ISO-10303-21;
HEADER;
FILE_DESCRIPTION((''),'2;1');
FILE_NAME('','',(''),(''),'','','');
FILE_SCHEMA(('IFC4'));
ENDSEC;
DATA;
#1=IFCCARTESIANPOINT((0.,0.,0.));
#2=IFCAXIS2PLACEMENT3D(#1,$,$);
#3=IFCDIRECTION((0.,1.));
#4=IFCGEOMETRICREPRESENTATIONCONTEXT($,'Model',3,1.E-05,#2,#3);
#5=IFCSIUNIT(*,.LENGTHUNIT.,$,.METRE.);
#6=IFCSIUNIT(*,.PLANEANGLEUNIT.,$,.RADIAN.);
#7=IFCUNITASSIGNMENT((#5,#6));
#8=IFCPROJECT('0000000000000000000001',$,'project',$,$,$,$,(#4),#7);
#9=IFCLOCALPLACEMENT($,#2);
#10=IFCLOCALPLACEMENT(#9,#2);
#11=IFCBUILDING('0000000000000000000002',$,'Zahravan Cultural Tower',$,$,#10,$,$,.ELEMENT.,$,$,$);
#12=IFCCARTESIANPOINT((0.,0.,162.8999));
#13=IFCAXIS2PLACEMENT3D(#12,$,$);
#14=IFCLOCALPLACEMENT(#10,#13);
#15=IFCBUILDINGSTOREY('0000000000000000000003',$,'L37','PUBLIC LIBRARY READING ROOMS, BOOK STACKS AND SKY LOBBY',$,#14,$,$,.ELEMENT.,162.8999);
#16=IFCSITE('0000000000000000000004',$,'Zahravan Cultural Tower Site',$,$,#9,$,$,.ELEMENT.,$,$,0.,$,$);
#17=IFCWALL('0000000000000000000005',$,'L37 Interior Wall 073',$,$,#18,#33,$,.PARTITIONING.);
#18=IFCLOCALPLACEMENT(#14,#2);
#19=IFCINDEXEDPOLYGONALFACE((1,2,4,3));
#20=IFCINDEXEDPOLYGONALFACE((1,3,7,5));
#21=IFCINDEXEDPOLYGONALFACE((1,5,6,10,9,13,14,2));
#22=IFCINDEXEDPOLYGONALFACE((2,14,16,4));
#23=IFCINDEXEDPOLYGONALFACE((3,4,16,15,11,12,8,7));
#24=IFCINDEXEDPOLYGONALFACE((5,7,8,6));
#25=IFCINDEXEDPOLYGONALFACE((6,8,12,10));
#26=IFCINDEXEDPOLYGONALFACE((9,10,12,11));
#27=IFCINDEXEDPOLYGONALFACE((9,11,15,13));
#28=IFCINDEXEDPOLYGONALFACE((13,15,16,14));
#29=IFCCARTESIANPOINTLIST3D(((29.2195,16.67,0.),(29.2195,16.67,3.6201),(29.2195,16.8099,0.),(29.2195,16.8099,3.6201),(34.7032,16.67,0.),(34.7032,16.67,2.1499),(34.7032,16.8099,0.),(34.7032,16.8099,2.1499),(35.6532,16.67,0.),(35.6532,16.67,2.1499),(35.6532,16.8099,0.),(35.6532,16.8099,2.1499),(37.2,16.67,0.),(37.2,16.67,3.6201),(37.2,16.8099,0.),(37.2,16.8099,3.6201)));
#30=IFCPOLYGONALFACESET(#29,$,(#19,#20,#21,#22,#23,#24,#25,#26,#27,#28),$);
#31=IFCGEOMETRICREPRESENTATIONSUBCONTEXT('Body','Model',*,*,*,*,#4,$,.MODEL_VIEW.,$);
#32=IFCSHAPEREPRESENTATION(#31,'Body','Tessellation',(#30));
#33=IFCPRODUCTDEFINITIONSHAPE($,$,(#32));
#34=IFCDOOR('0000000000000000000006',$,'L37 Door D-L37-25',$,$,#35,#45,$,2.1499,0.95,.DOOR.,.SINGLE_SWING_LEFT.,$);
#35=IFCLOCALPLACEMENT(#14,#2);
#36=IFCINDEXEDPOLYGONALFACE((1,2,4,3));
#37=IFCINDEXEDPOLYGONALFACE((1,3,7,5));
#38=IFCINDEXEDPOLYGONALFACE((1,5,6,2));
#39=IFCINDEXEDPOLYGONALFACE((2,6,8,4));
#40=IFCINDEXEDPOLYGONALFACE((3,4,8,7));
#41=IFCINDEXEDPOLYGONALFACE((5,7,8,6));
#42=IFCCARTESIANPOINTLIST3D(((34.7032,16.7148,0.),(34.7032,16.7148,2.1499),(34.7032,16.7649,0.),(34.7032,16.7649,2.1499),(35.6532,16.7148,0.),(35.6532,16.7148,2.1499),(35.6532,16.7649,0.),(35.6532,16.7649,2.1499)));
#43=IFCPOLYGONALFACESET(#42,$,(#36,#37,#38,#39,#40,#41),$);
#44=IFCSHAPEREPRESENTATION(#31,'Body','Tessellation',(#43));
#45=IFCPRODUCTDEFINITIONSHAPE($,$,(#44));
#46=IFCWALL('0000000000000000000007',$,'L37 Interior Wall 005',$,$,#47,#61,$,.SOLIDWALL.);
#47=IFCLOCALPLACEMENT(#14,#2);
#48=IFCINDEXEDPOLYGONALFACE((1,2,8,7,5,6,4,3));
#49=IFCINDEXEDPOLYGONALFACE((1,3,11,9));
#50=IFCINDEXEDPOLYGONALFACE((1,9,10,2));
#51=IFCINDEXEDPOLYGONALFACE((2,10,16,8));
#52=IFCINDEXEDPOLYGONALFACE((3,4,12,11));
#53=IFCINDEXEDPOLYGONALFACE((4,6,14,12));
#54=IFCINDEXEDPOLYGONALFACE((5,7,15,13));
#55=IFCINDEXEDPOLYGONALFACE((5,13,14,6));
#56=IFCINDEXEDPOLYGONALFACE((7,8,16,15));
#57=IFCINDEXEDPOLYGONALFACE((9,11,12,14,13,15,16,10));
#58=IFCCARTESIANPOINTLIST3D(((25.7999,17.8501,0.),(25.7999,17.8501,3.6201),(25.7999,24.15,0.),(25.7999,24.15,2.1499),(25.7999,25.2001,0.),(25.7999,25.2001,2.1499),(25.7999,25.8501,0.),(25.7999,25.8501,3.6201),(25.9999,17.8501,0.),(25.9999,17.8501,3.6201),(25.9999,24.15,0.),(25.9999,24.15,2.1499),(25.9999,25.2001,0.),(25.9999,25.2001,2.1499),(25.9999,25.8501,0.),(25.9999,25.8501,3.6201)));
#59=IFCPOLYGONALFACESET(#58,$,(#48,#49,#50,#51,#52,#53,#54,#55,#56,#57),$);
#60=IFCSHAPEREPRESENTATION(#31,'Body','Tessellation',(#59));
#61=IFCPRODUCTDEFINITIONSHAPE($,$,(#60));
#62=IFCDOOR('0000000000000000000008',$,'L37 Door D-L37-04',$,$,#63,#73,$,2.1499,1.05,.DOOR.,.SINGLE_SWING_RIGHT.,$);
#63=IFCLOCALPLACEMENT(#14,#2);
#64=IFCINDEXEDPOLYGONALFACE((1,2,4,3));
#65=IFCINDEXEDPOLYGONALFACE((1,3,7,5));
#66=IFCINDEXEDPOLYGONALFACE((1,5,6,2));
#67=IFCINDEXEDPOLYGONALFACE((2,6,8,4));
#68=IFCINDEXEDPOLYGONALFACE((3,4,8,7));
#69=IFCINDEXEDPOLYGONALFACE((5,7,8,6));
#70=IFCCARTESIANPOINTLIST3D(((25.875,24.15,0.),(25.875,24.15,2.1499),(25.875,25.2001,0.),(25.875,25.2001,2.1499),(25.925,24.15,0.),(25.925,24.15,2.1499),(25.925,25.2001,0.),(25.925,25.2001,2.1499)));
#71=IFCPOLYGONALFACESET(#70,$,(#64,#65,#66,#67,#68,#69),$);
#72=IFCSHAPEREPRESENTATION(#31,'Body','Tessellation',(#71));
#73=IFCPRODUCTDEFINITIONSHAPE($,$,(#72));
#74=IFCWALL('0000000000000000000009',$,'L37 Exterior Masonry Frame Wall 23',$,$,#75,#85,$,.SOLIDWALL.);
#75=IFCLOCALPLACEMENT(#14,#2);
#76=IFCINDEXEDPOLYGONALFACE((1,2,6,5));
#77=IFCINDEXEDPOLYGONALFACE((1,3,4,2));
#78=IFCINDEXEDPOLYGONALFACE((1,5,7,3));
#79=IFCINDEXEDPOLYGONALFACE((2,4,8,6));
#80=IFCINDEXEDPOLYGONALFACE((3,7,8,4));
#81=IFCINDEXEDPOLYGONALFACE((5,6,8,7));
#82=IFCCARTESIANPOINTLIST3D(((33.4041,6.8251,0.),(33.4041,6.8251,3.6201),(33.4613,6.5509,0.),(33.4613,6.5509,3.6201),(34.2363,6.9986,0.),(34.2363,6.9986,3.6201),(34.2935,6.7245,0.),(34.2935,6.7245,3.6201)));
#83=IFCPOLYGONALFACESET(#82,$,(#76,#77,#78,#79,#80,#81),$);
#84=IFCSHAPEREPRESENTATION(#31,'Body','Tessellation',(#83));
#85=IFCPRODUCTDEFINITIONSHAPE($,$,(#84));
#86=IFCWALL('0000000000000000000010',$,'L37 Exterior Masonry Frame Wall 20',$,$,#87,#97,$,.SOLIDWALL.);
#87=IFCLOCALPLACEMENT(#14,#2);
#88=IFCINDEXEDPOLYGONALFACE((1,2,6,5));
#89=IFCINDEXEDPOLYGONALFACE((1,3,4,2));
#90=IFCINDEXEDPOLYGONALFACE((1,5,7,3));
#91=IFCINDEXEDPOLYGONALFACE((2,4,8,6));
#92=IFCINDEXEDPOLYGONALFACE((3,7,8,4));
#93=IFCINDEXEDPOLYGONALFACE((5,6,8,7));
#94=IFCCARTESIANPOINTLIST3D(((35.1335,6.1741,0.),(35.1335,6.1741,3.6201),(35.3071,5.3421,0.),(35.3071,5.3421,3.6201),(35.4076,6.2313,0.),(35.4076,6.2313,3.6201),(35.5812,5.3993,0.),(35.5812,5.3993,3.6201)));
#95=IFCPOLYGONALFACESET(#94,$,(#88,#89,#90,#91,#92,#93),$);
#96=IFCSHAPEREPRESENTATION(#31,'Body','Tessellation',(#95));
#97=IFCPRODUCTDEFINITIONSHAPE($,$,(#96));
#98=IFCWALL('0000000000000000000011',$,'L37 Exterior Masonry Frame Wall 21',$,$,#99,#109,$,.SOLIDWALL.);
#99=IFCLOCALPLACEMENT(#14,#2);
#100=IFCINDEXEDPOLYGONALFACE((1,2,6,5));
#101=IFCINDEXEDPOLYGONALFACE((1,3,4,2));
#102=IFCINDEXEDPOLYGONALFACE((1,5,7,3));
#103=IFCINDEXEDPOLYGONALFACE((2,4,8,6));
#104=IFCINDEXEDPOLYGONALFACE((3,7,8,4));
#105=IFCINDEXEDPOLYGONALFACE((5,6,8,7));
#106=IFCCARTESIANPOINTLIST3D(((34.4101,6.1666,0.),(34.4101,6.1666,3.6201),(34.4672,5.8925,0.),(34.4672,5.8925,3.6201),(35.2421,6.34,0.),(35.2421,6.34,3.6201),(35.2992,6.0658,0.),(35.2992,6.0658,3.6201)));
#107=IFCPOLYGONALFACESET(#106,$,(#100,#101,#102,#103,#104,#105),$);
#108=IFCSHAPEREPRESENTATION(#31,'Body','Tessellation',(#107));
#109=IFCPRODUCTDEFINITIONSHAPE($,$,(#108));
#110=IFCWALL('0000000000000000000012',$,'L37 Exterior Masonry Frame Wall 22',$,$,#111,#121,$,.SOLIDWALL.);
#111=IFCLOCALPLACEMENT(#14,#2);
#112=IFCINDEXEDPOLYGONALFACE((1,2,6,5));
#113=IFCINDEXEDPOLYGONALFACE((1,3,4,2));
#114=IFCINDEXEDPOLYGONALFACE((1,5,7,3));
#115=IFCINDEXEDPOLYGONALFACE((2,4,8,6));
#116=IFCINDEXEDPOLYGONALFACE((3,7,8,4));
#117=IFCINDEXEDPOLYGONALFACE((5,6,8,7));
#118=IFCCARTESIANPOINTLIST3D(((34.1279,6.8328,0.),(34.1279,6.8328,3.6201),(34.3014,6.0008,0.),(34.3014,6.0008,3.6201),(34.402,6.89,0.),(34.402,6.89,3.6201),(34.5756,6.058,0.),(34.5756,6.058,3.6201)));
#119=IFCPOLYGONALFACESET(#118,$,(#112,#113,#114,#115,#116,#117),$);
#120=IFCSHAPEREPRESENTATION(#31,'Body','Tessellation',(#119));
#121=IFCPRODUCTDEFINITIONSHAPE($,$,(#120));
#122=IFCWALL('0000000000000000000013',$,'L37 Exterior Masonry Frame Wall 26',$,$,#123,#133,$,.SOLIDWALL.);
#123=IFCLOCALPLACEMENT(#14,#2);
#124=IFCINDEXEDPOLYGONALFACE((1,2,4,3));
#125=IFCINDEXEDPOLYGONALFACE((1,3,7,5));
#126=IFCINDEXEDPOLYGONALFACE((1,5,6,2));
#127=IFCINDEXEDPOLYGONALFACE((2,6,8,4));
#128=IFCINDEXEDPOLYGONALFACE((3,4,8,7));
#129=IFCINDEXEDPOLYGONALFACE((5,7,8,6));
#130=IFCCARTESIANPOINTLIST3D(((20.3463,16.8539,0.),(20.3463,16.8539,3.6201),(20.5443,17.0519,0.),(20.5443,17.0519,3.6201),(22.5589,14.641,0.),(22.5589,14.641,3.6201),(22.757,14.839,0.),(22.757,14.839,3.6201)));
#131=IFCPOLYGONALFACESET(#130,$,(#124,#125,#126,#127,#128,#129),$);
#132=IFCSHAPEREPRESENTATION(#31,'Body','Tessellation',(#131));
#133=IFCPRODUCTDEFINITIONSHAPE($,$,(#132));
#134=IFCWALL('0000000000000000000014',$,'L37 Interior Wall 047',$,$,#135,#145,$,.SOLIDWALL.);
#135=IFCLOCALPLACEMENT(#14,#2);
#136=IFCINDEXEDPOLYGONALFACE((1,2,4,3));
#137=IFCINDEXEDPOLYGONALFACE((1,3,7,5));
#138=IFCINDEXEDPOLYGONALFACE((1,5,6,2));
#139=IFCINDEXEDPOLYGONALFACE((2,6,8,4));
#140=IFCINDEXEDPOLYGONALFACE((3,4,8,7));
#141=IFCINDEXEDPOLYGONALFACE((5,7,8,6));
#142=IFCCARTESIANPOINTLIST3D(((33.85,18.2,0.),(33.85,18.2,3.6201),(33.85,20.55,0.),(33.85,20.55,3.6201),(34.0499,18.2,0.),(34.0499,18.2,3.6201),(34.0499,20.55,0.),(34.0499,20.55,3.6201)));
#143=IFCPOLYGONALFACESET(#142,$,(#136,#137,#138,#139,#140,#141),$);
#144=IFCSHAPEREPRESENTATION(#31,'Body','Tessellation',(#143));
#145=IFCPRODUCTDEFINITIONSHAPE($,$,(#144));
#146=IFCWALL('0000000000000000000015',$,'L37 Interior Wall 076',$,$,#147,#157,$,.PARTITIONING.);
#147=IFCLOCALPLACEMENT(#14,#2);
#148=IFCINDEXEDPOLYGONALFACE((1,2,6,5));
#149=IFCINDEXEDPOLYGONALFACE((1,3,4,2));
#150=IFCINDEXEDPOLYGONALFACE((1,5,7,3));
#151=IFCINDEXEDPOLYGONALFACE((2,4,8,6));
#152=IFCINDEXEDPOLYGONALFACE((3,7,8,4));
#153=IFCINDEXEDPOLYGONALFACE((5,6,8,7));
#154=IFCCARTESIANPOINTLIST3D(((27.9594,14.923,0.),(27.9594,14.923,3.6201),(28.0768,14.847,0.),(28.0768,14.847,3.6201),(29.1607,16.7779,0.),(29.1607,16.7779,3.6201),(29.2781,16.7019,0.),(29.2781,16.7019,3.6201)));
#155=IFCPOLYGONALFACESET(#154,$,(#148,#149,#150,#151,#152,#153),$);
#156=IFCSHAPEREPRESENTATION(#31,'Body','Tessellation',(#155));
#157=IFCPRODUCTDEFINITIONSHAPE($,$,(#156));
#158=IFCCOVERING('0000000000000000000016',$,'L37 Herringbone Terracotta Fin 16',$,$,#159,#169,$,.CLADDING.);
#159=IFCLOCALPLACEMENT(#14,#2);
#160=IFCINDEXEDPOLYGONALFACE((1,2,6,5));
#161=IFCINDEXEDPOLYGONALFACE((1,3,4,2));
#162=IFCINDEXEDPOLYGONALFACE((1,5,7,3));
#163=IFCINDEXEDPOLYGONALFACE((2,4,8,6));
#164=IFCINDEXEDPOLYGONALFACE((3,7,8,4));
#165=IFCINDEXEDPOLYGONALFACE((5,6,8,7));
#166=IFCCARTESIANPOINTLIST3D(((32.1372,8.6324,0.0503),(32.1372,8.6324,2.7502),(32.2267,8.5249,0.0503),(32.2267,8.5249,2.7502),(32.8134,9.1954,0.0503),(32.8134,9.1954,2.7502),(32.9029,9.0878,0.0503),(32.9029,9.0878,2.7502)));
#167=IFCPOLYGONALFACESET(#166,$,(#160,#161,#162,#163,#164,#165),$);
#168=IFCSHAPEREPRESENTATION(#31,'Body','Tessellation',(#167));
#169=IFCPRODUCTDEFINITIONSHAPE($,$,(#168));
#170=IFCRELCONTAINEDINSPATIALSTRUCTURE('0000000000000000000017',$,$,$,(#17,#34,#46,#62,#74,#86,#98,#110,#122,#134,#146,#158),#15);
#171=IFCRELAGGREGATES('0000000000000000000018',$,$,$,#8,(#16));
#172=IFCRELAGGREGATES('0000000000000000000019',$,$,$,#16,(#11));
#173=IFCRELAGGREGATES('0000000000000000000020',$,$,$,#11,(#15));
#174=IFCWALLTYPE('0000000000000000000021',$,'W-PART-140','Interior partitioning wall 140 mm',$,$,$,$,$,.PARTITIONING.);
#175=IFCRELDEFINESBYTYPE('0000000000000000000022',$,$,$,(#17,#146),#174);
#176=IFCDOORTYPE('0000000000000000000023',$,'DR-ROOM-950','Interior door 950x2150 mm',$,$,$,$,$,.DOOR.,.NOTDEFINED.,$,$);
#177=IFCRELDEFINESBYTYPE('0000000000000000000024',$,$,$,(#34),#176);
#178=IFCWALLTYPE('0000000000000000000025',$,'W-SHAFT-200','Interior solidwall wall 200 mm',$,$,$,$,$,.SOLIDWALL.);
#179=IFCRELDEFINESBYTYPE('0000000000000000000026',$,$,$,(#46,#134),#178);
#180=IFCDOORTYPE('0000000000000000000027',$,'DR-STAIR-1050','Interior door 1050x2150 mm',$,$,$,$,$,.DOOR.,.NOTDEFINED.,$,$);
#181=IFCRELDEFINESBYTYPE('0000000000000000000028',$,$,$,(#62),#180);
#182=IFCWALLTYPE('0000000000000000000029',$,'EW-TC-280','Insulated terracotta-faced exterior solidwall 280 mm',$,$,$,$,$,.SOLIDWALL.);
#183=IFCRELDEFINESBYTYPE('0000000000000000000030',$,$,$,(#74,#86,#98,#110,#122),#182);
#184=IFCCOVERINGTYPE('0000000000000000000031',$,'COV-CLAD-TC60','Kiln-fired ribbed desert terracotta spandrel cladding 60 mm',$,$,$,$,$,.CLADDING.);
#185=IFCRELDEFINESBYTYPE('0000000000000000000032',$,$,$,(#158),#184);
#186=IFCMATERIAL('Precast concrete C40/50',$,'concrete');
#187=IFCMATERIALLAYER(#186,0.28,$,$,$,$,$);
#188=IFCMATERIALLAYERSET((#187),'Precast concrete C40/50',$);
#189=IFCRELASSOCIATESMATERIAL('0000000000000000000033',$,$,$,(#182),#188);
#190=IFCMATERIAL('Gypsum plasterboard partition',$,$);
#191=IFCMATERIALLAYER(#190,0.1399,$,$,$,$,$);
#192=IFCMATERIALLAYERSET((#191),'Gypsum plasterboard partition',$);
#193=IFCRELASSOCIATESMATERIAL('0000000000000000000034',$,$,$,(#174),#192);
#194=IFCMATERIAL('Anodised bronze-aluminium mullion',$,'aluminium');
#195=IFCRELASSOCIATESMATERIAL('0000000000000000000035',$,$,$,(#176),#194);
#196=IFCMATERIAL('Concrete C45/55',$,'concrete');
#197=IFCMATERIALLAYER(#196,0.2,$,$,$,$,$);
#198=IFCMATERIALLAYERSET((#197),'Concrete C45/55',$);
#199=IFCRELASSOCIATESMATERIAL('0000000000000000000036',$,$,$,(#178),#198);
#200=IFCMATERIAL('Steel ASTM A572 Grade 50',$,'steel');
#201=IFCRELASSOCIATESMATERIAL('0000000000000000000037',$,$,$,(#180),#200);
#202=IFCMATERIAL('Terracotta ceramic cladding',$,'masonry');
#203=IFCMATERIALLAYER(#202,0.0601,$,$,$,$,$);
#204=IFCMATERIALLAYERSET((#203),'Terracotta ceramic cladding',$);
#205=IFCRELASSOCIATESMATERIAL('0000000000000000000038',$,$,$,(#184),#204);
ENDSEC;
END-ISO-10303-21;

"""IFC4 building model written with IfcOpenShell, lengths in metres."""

from ifc_helpers import new_model, si_unit, direction, frame, frame_2d, origin, origin_2d, place, context, subcontext, project, spatial, rectangle, extrude, source, transform, mapped, material, layer, layer_set, type_object, element, fill, save


model = new_model("IFC4")

# Units and contexts
model_context = context("Model", 3, precision=1e-05, world=origin(), true_north=direction((0.0, 1.0)))
body_context = subcontext(model_context, "Body", "Model", "MODEL_VIEW")
ifc_project = project(units=[si_unit("LENGTHUNIT", "METRE"), si_unit("PLANEANGLEUNIT", "RADIAN")], contexts=[model_context])

# Site, building, storey
site_placement = place(None, origin())
site = spatial("IfcSite", under=ifc_project, at=site_placement, Name="Zahravan Cultural Tower Site", CompositionType="ELEMENT", RefElevation=0.0)
building_placement = place(site_placement, origin())
building = spatial("IfcBuilding", under=site, at=building_placement, Name="Zahravan Cultural Tower", CompositionType="ELEMENT")
storey_placement = place(building_placement, frame((0.0, 0.0, 162.8999)))
storey = spatial("IfcBuildingStorey", under=building, at=storey_placement, Name="L37", Description="PUBLIC LIBRARY READING ROOMS, BOOK STACKS AND SKY LOBBY", CompositionType="ELEMENT", Elevation=162.8999)

# Shared definitions
ifc_material_1 = material(Name="Anodised bronze-aluminium mullion", Category="aluminium")

# Shared definitions
ifc_material_2 = material(Name="Steel ASTM A572 Grade 50", Category="steel")

# Shared definitions
ifc_material_3 = material(Name="Precast concrete C40/50", Category="concrete")
ifc_layer_1 = layer(ifc_material_3, 0.28)
ifc_layer_set_1 = layer_set([ifc_layer_1], Name="Precast concrete C40/50")
wall_type_1 = type_object("IfcWallType", Name="EW-TC-280", Description="Insulated terracotta-faced exterior solidwall 280 mm", PredefinedType="SOLIDWALL", material=ifc_layer_set_1)

# Walls, openings, doors
ifc_material_4 = material(Name="Gypsum plasterboard partition")
ifc_layer_2 = layer(ifc_material_4, 0.1399)
ifc_layer_set_2 = layer_set([ifc_layer_2], Name="Gypsum plasterboard partition")
wall_type_2 = type_object("IfcWallType", Name="W-PART-140", Description="Interior partitioning wall 140 mm", PredefinedType="PARTITIONING", material=ifc_layer_set_2)
wall_1_placement = place(storey_placement, frame((29.2195, 16.74, 0.0), z_axis=(0.0, 0.0, 1.0), x_axis=(1.0, 0.0, 0.0)))
wall_1 = element("IfcWall", 1, at=wall_1_placement, inside=storey, type_object=wall_type_2, Name="L37 Interior Wall 073", PredefinedType="PARTITIONING", context=body_context, shape_type="SweptSolid", body=[
    extrude(rectangle(XDim=7.9805, YDim=0.1399, at=frame_2d((3.9902, 0.0))), origin(), (0.0, 0.0, 1.0), 3.6201),
])
opening_1_placement = place(wall_1_placement, frame((5.4836, 0.0, 0.0)))
opening_1 = element("IfcOpeningElement", 2, at=opening_1_placement, cuts=wall_1, PredefinedType="OPENING", context=body_context, shape_type="SweptSolid", body=[
    extrude(rectangle(XDim=0.95, YDim=2.1499, at=frame_2d((0.4751, 1.075))), frame((0.0, 0.0798, 0.0), z_axis=(0.0, -1.0, 0.0), x_axis=(1.0, 0.0, 0.0)), (0.0, 0.0, 1.0), 0.1599),
])
door_type_1 = type_object("IfcDoorType", Name="DR-ROOM-950", Description="Interior door 950x2150 mm", OperationType="NOTDEFINED", PredefinedType="DOOR", material=ifc_material_1)
shared_shape_1 = source(origin(), body_context, "Body", "SweptSolid", [
    extrude(rectangle(XDim=0.95, YDim=2.1499, at=frame_2d((0.4751, 1.075))), frame((0.0, 0.0249, 0.0), z_axis=(0.0, -1.0, 0.0), x_axis=(1.0, 0.0, 0.0)), (0.0, 0.0, 1.0), 0.05),
])
door_1_placement = place(opening_1_placement, origin())
door_1 = element("IfcDoor", 3, at=door_1_placement, inside=storey, type_object=door_type_1, Name="L37 Door D-L37-25", OperationType="SINGLE_SWING_LEFT", OverallHeight=2.1499, OverallWidth=0.95, PredefinedType="DOOR", context=body_context, shape_type="MappedRepresentation", body=[
    mapped(shared_shape_1, transform((0.0, 0.0, 0.0), x_axis=(1.0, 0.0, 0.0), y_axis=(0.0, 1.0, 0.0), z_axis=(0.0, 0.0, 1.0), scale=1.0)),
])
fill(opening_1, door_1)
ifc_material_5 = material(Name="Concrete C45/55", Category="concrete")
ifc_layer_3 = layer(ifc_material_5, 0.2)
ifc_layer_set_3 = layer_set([ifc_layer_3], Name="Concrete C45/55")
wall_type_3 = type_object("IfcWallType", Name="W-SHAFT-200", Description="Interior solidwall wall 200 mm", PredefinedType="SOLIDWALL", material=ifc_layer_set_3)
wall_2_placement = place(storey_placement, frame((25.8999, 17.8501, 0.0), z_axis=(0.0, 0.0, 1.0), x_axis=(0.0, 1.0, 0.0)))
wall_2 = element("IfcWall", 4, at=wall_2_placement, inside=storey, type_object=wall_type_3, Name="L37 Interior Wall 005", PredefinedType="SOLIDWALL", context=body_context, shape_type="SweptSolid", body=[
    extrude(rectangle(XDim=8.0, YDim=0.2, at=frame_2d((4.0, 0.0))), origin(), (0.0, 0.0, 1.0), 3.6201),
])
opening_2_placement = place(wall_2_placement, frame((6.3, 0.0, 0.0)))
opening_2 = element("IfcOpeningElement", 5, at=opening_2_placement, cuts=wall_2, PredefinedType="OPENING", context=body_context, shape_type="SweptSolid", body=[
    extrude(rectangle(XDim=1.05, YDim=2.1499, at=frame_2d((0.5249, 1.075))), frame((0.0, 0.1099, 0.0), z_axis=(0.0, -1.0, 0.0), x_axis=(1.0, 0.0, 0.0)), (0.0, 0.0, 1.0), 0.22),
])
door_type_2 = type_object("IfcDoorType", Name="DR-STAIR-1050", Description="Interior door 1050x2150 mm", OperationType="NOTDEFINED", PredefinedType="DOOR", material=ifc_material_2)
shared_shape_2 = source(origin(), body_context, "Body", "SweptSolid", [
    extrude(rectangle(XDim=1.05, YDim=2.1499, at=frame_2d((0.5249, 1.075))), frame((0.0, 0.0249, 0.0), z_axis=(0.0, -1.0, 0.0), x_axis=(1.0, 0.0, 0.0)), (0.0, 0.0, 1.0), 0.05),
])
door_2_placement = place(opening_2_placement, origin())
door_2 = element("IfcDoor", 6, at=door_2_placement, inside=storey, type_object=door_type_2, Name="L37 Door D-L37-04", OperationType="SINGLE_SWING_RIGHT", OverallHeight=2.1499, OverallWidth=1.05, PredefinedType="DOOR", context=body_context, shape_type="MappedRepresentation", body=[
    mapped(shared_shape_2, transform((0.0, 0.0, 0.0), x_axis=(1.0, 0.0, 0.0), y_axis=(0.0, 1.0, 0.0), z_axis=(0.0, 0.0, 1.0), scale=1.0)),
])
fill(opening_2, door_2)

# Walls
shared_shape_3 = source(origin(), body_context, "Body", "SweptSolid", [
    extrude(rectangle(XDim=0.8501, YDim=0.28, at=frame_2d((0.425, 0.0))), origin(), (0.0, 0.0, 1.0), 3.6201),
])
wall_3_placement = place(storey_placement, frame((34.2649, 6.8616, 0.0), z_axis=(0.0, 0.0, 1.0), x_axis=(-0.978935, -0.204172, 0.0)))
element("IfcWall", 7, at=wall_3_placement, inside=storey, type_object=wall_type_1, Name="L37 Exterior Masonry Frame Wall 23", PredefinedType="SOLIDWALL", context=body_context, shape_type="MappedRepresentation", body=[
    mapped(shared_shape_3, transform((0.0, 0.0, 0.0), x_axis=(1.0, 0.0, 0.0), y_axis=(0.0, 1.0, 0.0), z_axis=(0.0, 0.0, 1.0), scale=1.0)),
])
shared_shape_4 = source(origin(), body_context, "Body", "SweptSolid", [
    extrude(rectangle(XDim=0.8499, YDim=0.28, at=frame_2d((0.4248, 0.0))), origin(), (0.0, 0.0, 1.0), 3.6201),
])
for number, where, z_axis, x_axis, name in (
    (8, (35.4441, 5.3708, 0.0), (0.0, 0.0, 1.0), (-0.20423, 0.978923, 0.0), "L37 Exterior Masonry Frame Wall 20"),
    (9, (35.2705, 6.2029, 0.0), (0.0, 0.0, 1.0), (-0.97898, -0.203954, 0.0), "L37 Exterior Masonry Frame Wall 21"),
    (10, (34.4385, 6.0295, 0.0), (0.0, 0.0, 1.0), (-0.20423, 0.978923, 0.0), "L37 Exterior Masonry Frame Wall 22"),
):
    element("IfcWall", number, at=place(storey_placement, frame(where, z_axis=z_axis, x_axis=x_axis)), inside=storey, type_object=wall_type_1, Name=name, PredefinedType="SOLIDWALL", context=body_context, shape_type="MappedRepresentation", body=[
        mapped(shared_shape_4, transform((0.0, 0.0, 0.0), x_axis=(1.0, 0.0, 0.0), y_axis=(0.0, 1.0, 0.0), z_axis=(0.0, 0.0, 1.0), scale=1.0)),
    ])
shared_shape_5 = source(origin(), body_context, "Body", "SweptSolid", [
    extrude(rectangle(XDim=3.1294, YDim=0.28, at=frame_2d((1.5647, 0.0))), origin(), (0.0, 0.0, 1.0), 3.6201),
])
wall_4_placement = place(storey_placement, frame((22.658, 14.74, 0.0), z_axis=(0.0, 0.0, 1.0), x_axis=(-0.707068, 0.707146, 0.0)))
element("IfcWall", 11, at=wall_4_placement, inside=storey, type_object=wall_type_1, Name="L37 Exterior Masonry Frame Wall 26", PredefinedType="SOLIDWALL", context=body_context, shape_type="MappedRepresentation", body=[
    mapped(shared_shape_5, transform((0.0, 0.0, 0.0), x_axis=(1.0, 0.0, 0.0), y_axis=(0.0, 1.0, 0.0), z_axis=(0.0, 0.0, 1.0), scale=1.0)),
])
shared_shape_6 = source(origin(), body_context, "Body", "SweptSolid", [
    extrude(rectangle(XDim=2.3501, YDim=0.2, at=frame_2d((1.175, 0.0))), origin(), (0.0, 0.0, 1.0), 3.6201),
])
wall_5_placement = place(storey_placement, frame((33.95, 18.2, 0.0), z_axis=(0.0, 0.0, 1.0), x_axis=(0.0, 1.0, 0.0)))
element("IfcWall", 12, at=wall_5_placement, inside=storey, type_object=wall_type_3, Name="L37 Interior Wall 047", PredefinedType="SOLIDWALL", context=body_context, shape_type="MappedRepresentation", body=[
    mapped(shared_shape_6, transform((0.0, 0.0, 0.0), x_axis=(1.0, 0.0, 0.0), y_axis=(0.0, 1.0, 0.0), z_axis=(0.0, 0.0, 1.0), scale=1.0)),
])
shared_shape_7 = source(origin(), body_context, "Body", "SweptSolid", [
    extrude(rectangle(XDim=2.21, YDim=0.1399, at=frame_2d((1.105, 0.0))), origin(), (0.0, 0.0, 1.0), 3.6201),
])
wall_6_placement = place(storey_placement, frame((28.0181, 14.885, 0.0), z_axis=(0.0, 0.0, 1.0), x_axis=(0.543613, 0.839336, 0.0)))
element("IfcWall", 13, at=wall_6_placement, inside=storey, type_object=wall_type_2, Name="L37 Interior Wall 076", PredefinedType="PARTITIONING", context=body_context, shape_type="MappedRepresentation", body=[
    mapped(shared_shape_7, transform((0.0, 0.0, 0.0), x_axis=(1.0, 0.0, 0.0), y_axis=(0.0, 1.0, 0.0), z_axis=(0.0, 0.0, 1.0), scale=1.0)),
])

# Covering
ifc_material_6 = material(Name="Terracotta ceramic cladding", Category="masonry")
ifc_layer_4 = layer(ifc_material_6, 0.0601)
ifc_layer_set_4 = layer_set([ifc_layer_4], Name="Terracotta ceramic cladding")
covering_type = type_object("IfcCoveringType", Name="COV-CLAD-TC60", Description="Kiln-fired ribbed desert terracotta spandrel cladding 60 mm", PredefinedType="CLADDING", material=ifc_layer_set_4)
shared_shape_8 = source(origin(), body_context, "Body", "SweptSolid", [
    extrude(rectangle(XDim=0.8799, YDim=0.1399, at=origin_2d()), origin(), (0.0, 0.0, 1.0), 2.7),
])
for number, where, z_axis, x_axis, name in (
    (14, (32.52, 8.8601, 0.0503), (0.0, 0.0, 1.0), (-0.768507, -0.639841, 0.0), "L37 Herringbone Terracotta Fin 16"),
):
    element("IfcCovering", number, at=place(storey_placement, frame(where, z_axis=z_axis, x_axis=x_axis)), inside=storey, type_object=covering_type, Name=name, PredefinedType="CLADDING", context=body_context, shape_type="MappedRepresentation", body=[
        mapped(shared_shape_8, transform((0.0, 0.0, 0.0), x_axis=(1.0, 0.0, 0.0), y_axis=(0.0, 1.0, 0.0), z_axis=(0.0, 0.0, 1.0), scale=1.0)),
    ])

save(model, "model.ifc")
